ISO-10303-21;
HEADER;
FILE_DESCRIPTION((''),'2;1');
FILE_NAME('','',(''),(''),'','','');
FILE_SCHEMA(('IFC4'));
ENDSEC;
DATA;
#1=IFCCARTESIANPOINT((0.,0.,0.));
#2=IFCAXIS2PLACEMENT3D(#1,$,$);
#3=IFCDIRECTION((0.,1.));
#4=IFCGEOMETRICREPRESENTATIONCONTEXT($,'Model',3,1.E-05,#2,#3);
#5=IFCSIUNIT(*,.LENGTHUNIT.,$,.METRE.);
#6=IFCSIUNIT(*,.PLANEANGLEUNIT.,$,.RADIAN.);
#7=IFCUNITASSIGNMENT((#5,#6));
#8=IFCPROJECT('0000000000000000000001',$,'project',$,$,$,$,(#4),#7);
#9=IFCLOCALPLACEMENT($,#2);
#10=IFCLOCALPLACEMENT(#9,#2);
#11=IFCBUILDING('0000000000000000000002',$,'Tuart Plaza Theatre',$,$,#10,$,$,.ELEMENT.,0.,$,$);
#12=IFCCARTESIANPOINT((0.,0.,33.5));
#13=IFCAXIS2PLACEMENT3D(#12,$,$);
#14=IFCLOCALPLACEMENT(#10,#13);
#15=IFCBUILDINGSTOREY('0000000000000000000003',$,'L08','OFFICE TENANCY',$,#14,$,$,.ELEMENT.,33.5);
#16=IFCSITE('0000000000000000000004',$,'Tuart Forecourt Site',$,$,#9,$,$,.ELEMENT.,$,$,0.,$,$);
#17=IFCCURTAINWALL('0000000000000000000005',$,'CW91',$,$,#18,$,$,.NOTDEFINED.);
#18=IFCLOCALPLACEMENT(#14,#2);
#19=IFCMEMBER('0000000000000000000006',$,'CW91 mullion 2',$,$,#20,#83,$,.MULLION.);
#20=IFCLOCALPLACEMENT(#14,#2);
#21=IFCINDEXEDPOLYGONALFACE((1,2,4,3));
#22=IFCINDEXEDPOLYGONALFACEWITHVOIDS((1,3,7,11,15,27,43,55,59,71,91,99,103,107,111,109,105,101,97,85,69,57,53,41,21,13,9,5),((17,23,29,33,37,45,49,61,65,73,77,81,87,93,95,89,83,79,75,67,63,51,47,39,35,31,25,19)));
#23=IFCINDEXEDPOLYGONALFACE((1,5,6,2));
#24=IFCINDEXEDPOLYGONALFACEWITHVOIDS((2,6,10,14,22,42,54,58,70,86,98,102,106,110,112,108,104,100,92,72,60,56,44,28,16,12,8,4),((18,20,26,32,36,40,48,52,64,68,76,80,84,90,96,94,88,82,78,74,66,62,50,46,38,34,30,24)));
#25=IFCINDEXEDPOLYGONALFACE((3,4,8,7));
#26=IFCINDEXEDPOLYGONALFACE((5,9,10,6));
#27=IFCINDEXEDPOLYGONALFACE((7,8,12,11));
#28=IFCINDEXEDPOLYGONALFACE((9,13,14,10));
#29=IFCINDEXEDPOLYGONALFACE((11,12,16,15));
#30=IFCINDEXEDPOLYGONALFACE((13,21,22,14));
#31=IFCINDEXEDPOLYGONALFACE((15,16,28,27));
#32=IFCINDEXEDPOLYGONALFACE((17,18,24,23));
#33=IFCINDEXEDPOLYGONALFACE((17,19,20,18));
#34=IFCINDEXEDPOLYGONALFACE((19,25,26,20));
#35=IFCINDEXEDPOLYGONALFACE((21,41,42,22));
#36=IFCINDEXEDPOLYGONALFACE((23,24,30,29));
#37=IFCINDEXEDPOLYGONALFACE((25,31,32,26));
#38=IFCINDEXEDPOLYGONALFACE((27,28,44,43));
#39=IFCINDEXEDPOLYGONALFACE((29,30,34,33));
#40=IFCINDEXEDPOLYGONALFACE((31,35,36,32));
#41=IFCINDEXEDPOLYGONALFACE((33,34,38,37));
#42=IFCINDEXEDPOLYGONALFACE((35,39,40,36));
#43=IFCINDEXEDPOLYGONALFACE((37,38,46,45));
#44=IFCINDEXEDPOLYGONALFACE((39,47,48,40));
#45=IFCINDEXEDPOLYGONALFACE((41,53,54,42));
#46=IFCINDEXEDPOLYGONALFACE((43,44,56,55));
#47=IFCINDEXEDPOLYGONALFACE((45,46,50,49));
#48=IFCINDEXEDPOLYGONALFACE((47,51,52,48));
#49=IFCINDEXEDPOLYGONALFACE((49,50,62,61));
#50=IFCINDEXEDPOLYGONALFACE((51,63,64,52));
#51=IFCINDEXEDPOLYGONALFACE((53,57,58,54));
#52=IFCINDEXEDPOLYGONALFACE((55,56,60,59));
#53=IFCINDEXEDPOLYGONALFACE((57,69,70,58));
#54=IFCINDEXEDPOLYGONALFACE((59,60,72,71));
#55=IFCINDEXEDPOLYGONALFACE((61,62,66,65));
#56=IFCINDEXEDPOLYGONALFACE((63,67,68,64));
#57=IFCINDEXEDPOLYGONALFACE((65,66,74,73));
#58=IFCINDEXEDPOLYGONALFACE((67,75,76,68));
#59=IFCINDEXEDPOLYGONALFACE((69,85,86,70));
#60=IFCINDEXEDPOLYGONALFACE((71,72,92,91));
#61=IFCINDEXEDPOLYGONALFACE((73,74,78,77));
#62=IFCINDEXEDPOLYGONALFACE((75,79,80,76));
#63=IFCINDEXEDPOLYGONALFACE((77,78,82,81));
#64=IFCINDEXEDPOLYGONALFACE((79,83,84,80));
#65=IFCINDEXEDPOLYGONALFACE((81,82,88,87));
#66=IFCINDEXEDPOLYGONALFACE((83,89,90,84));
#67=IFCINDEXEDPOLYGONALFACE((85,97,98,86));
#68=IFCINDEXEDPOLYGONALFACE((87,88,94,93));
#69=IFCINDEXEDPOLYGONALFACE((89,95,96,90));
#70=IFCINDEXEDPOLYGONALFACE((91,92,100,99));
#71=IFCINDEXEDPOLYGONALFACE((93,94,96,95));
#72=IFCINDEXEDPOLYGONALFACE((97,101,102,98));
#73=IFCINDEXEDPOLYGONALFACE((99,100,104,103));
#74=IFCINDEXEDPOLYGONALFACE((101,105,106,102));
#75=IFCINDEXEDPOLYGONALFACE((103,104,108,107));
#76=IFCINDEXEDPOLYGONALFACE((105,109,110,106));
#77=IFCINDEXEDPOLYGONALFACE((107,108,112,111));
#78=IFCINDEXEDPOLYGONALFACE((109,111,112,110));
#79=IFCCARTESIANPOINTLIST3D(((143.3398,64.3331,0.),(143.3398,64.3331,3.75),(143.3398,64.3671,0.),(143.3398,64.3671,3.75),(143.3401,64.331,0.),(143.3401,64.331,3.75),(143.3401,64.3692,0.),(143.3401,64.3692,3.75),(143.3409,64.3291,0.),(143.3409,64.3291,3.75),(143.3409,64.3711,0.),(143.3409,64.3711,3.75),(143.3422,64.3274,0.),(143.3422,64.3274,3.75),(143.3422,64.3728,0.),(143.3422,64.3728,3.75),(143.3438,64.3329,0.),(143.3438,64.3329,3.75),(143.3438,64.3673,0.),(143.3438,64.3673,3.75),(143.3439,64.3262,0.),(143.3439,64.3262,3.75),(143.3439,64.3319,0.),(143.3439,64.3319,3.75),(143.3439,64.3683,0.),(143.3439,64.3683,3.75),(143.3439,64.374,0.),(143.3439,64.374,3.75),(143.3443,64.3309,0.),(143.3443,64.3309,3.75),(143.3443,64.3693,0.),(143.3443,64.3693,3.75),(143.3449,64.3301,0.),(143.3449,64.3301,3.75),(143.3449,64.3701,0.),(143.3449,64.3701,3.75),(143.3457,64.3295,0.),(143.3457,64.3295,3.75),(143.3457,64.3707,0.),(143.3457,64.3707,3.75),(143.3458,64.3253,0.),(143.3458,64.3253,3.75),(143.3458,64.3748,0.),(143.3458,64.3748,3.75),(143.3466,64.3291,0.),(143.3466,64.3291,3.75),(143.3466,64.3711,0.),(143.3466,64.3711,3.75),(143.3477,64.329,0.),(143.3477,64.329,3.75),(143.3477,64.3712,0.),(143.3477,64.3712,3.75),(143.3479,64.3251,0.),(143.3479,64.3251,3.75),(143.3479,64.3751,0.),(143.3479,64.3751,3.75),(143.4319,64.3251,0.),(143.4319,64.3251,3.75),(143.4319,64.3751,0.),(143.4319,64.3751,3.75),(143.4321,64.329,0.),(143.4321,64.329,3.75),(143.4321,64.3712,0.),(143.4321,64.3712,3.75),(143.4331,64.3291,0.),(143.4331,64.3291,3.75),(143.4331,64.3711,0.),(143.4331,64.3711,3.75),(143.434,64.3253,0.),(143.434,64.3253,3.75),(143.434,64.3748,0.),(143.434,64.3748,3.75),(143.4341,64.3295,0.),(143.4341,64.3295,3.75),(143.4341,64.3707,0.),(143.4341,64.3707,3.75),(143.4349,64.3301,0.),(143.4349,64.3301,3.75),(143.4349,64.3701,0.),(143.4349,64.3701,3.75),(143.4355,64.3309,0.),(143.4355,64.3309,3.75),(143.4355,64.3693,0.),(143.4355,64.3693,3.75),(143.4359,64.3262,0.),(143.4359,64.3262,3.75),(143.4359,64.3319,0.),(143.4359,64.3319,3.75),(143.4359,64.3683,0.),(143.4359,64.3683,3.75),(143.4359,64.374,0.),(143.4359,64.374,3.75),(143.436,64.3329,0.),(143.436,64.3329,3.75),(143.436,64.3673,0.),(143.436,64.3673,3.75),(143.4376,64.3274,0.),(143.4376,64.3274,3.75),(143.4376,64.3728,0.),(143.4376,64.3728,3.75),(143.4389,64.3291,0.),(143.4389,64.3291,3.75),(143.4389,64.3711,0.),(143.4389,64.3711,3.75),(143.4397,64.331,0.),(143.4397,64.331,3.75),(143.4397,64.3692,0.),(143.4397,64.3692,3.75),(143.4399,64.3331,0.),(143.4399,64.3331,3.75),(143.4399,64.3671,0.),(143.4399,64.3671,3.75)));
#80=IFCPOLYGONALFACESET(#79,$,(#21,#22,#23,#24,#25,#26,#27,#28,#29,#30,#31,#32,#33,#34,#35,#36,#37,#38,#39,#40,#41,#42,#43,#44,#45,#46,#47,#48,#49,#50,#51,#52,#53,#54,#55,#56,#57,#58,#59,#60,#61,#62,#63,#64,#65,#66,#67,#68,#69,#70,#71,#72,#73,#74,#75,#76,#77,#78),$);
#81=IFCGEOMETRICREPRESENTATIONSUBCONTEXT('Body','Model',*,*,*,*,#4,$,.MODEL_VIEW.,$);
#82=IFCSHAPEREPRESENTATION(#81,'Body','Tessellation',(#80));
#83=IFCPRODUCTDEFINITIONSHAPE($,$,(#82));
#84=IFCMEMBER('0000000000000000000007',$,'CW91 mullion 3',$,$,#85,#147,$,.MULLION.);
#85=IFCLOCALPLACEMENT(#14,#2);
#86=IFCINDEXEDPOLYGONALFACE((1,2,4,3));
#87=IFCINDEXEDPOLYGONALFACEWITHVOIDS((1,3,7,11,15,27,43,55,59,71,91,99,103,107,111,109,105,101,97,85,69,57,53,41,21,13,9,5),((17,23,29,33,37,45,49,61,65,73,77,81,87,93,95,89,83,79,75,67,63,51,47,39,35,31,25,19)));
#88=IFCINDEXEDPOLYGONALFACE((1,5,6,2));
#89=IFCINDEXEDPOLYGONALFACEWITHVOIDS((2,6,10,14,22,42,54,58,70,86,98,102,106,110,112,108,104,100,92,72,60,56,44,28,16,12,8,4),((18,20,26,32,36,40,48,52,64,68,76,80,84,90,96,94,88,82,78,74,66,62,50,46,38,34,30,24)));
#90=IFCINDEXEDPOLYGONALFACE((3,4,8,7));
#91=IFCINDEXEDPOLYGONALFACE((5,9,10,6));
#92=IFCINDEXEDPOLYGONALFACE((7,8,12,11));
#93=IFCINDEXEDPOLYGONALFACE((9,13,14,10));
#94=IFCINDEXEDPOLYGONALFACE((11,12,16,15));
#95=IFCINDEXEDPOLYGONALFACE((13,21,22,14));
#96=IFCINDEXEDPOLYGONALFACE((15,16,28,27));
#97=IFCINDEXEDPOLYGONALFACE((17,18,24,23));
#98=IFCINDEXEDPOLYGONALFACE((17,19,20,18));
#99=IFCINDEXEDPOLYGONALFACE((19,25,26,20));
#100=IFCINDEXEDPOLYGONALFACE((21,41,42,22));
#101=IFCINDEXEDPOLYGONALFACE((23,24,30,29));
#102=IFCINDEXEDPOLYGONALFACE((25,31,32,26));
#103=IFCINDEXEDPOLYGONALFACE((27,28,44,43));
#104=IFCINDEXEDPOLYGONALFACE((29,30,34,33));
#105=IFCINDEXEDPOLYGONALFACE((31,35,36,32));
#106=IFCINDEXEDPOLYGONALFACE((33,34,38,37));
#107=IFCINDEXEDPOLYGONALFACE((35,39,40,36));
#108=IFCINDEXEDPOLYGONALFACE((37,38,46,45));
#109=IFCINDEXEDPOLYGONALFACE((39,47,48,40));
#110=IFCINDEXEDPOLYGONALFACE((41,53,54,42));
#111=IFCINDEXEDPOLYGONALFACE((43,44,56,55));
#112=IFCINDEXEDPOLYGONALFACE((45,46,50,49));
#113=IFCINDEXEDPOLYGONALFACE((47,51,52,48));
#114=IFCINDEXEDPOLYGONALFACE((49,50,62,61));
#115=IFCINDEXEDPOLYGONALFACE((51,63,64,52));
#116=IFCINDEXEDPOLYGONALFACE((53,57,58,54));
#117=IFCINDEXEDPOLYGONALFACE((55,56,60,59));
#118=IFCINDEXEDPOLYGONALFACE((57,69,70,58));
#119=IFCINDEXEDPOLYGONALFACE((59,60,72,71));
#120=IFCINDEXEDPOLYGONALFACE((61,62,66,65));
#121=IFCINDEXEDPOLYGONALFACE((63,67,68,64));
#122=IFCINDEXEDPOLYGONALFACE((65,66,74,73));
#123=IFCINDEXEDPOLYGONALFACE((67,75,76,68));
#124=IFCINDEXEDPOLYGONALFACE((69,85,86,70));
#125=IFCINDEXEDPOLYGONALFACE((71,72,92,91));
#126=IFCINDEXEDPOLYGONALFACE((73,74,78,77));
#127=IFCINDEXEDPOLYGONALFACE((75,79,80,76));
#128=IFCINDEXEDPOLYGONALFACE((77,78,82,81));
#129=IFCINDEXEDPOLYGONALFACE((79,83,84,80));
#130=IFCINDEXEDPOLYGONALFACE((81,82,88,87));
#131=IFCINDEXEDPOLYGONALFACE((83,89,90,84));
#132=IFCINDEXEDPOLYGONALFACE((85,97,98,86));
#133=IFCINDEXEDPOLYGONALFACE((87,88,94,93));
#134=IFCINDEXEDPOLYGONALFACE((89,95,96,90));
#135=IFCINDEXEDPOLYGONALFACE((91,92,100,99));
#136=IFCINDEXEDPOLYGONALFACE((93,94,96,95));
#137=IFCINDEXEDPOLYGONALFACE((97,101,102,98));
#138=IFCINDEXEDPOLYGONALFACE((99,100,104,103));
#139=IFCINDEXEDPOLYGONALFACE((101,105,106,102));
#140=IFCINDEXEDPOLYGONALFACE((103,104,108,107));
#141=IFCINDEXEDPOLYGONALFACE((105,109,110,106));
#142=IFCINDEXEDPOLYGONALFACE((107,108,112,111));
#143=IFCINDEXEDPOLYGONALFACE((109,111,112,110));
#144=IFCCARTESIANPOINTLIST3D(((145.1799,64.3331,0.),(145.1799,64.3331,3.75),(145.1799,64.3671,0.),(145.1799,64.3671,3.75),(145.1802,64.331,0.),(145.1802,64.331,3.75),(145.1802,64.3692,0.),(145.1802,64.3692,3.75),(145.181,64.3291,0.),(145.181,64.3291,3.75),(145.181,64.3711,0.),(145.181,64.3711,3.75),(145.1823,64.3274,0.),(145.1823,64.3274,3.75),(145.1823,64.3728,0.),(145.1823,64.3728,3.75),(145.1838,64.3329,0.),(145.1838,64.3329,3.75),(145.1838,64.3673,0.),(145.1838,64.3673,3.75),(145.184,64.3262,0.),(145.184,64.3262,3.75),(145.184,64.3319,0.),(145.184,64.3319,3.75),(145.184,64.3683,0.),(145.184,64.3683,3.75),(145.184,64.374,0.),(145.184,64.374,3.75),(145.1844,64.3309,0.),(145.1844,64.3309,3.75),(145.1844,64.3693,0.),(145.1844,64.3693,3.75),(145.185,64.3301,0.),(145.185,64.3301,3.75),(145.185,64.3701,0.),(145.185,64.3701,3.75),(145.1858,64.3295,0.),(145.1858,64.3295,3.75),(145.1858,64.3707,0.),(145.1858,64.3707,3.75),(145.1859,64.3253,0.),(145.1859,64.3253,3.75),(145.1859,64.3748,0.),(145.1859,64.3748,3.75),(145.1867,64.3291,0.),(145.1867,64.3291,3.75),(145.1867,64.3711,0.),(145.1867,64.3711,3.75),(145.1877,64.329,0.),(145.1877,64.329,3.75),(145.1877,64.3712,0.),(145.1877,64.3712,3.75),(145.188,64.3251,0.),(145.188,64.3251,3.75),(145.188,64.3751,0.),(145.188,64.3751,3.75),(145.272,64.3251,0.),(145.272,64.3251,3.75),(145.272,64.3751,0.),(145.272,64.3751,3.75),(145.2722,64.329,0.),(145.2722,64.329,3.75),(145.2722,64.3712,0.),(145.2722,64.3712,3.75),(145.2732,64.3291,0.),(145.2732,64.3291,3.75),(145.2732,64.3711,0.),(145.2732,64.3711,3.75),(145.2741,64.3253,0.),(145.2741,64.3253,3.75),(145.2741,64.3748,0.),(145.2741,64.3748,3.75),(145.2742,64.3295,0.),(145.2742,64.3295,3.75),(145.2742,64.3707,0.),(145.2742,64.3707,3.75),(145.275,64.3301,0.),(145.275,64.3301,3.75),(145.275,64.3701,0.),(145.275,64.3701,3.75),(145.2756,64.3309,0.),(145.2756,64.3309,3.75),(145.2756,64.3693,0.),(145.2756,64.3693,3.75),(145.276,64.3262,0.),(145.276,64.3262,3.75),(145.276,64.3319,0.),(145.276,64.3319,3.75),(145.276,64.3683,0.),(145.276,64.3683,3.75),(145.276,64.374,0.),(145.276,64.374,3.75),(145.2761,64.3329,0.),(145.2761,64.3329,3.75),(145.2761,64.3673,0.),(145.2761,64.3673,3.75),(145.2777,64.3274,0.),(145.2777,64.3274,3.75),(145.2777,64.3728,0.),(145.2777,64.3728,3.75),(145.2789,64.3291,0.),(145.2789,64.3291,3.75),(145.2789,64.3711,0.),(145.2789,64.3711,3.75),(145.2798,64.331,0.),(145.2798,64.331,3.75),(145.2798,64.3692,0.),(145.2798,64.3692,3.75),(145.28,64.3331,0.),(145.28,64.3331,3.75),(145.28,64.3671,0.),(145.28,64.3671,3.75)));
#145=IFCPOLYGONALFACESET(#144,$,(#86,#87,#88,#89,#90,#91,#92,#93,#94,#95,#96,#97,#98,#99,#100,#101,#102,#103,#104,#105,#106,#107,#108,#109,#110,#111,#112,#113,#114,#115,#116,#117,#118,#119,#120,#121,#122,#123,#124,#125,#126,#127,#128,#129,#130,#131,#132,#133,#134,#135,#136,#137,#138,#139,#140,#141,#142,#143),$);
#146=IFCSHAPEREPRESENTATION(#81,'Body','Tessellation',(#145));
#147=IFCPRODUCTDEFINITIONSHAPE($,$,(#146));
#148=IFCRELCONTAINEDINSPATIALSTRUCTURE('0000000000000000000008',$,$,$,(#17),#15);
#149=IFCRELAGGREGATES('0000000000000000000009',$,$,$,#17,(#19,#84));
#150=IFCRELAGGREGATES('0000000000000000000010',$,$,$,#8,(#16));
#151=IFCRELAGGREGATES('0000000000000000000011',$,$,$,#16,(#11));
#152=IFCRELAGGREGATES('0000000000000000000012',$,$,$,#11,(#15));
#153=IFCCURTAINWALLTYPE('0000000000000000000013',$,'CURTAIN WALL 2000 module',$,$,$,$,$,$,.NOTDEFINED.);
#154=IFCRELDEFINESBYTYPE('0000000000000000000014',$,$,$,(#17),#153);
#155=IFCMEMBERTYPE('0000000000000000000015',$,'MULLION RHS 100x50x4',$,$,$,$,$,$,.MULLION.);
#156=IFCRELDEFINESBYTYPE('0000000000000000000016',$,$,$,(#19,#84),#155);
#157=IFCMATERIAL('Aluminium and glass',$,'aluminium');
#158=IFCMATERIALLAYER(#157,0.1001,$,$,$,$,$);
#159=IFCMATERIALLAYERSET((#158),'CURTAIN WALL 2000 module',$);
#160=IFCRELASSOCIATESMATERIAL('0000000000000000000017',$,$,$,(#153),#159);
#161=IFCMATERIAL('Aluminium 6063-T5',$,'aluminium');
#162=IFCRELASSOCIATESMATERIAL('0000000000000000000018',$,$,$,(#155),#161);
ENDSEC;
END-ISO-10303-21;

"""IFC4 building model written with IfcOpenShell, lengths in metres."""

from ifc_helpers import new_model, si_unit, direction, frame, origin, origin_2d, place, context, subcontext, project, spatial, hollow_rectangle, extrude, material, layer, layer_set, material_profile, profile_set, type_object, element, aggregate, save


model = new_model("IFC4")

# Units and contexts
model_context = context("Model", 3, precision=1e-05, world=origin(), true_north=direction((0.0, 1.0)))
body_context = subcontext(model_context, "Body", "Model", "MODEL_VIEW")
ifc_project = project(units=[si_unit("LENGTHUNIT", "METRE"), si_unit("PLANEANGLEUNIT", "RADIAN")], contexts=[model_context])

# Site, building, storey
site_placement = place(None, origin())
site = spatial("IfcSite", under=ifc_project, at=site_placement, Name="Tuart Forecourt Site", CompositionType="ELEMENT", RefElevation=0.0)
building_placement = place(site_placement, origin())
building = spatial("IfcBuilding", under=site, at=building_placement, Name="Tuart Plaza Theatre", CompositionType="ELEMENT", ElevationOfRefHeight=0.0)
storey_placement = place(building_placement, frame((0.0, 0.0, 33.5)))
storey = spatial("IfcBuildingStorey", under=building, at=storey_placement, Name="L08", Description="OFFICE TENANCY", CompositionType="ELEMENT", Elevation=33.5)

# Shared definitions
ifc_material_1 = material(Name="Aluminium and glass", Category="aluminium")
ifc_layer_1 = layer(ifc_material_1, 0.1001)
ifc_layer_set_1 = layer_set([ifc_layer_1], Name="CURTAIN WALL 2000 module")
curtain_wall_type = type_object("IfcCurtainWallType", Name="CURTAIN WALL 2000 module", PredefinedType="NOTDEFINED", material=ifc_layer_set_1)
ifc_material_2 = material(Name="Aluminium 6063-T5", Category="aluminium")
ifc_material_profile_1 = material_profile(ifc_material_2, hollow_rectangle(XDim=0.05, YDim=0.1001, WallThickness=0.0039, InnerFilletRadius=0.0039, OuterFilletRadius=0.0081, at=origin_2d()), Name="RHS 100x50x4")
ifc_profile_set_1 = profile_set([ifc_material_profile_1], Name="Aluminium 6063-T5")
member_type_1 = type_object("IfcMemberType", Name="MULLION RHS 100x50x4", PredefinedType="MULLION", material=ifc_profile_set_1)

# Curtain wall, members
curtain_wall_1_placement = place(storey_placement, origin())
curtain_wall_1 = element("IfcCurtainWall", 1, at=curtain_wall_1_placement, inside=storey, type_object=curtain_wall_type, Name="CW91", PredefinedType="NOTDEFINED")
member_1_placement = place(storey_placement, frame((143.3899, 64.3501, 0.0), z_axis=(0.0, 0.0, 1.0), x_axis=(0.0, 1.0, 0.0)))
member_1 = element("IfcMember", 2, at=member_1_placement, type_object=member_type_1, Name="CW91 mullion 2", PredefinedType="MULLION", context=body_context, shape_type="SweptSolid", body=[
    extrude(hollow_rectangle(XDim=0.05, YDim=0.1001, WallThickness=0.0039, InnerFilletRadius=0.0039, OuterFilletRadius=0.0081, at=origin_2d()), origin(), (0.0, 0.0, 1.0), 3.75),
])
member_2_placement = place(storey_placement, frame((145.23, 64.3501, 0.0), z_axis=(0.0, 0.0, 1.0), x_axis=(0.0, 1.0, 0.0)))
member_2 = element("IfcMember", 3, at=member_2_placement, type_object=member_type_1, Name="CW91 mullion 3", PredefinedType="MULLION", context=body_context, shape_type="SweptSolid", body=[
    extrude(hollow_rectangle(XDim=0.05, YDim=0.1001, WallThickness=0.0039, InnerFilletRadius=0.0039, OuterFilletRadius=0.0081, at=origin_2d()), origin(), (0.0, 0.0, 1.0), 3.75),
])

aggregate(curtain_wall_1, [member_1, member_2])

save(model, "model.ifc")
